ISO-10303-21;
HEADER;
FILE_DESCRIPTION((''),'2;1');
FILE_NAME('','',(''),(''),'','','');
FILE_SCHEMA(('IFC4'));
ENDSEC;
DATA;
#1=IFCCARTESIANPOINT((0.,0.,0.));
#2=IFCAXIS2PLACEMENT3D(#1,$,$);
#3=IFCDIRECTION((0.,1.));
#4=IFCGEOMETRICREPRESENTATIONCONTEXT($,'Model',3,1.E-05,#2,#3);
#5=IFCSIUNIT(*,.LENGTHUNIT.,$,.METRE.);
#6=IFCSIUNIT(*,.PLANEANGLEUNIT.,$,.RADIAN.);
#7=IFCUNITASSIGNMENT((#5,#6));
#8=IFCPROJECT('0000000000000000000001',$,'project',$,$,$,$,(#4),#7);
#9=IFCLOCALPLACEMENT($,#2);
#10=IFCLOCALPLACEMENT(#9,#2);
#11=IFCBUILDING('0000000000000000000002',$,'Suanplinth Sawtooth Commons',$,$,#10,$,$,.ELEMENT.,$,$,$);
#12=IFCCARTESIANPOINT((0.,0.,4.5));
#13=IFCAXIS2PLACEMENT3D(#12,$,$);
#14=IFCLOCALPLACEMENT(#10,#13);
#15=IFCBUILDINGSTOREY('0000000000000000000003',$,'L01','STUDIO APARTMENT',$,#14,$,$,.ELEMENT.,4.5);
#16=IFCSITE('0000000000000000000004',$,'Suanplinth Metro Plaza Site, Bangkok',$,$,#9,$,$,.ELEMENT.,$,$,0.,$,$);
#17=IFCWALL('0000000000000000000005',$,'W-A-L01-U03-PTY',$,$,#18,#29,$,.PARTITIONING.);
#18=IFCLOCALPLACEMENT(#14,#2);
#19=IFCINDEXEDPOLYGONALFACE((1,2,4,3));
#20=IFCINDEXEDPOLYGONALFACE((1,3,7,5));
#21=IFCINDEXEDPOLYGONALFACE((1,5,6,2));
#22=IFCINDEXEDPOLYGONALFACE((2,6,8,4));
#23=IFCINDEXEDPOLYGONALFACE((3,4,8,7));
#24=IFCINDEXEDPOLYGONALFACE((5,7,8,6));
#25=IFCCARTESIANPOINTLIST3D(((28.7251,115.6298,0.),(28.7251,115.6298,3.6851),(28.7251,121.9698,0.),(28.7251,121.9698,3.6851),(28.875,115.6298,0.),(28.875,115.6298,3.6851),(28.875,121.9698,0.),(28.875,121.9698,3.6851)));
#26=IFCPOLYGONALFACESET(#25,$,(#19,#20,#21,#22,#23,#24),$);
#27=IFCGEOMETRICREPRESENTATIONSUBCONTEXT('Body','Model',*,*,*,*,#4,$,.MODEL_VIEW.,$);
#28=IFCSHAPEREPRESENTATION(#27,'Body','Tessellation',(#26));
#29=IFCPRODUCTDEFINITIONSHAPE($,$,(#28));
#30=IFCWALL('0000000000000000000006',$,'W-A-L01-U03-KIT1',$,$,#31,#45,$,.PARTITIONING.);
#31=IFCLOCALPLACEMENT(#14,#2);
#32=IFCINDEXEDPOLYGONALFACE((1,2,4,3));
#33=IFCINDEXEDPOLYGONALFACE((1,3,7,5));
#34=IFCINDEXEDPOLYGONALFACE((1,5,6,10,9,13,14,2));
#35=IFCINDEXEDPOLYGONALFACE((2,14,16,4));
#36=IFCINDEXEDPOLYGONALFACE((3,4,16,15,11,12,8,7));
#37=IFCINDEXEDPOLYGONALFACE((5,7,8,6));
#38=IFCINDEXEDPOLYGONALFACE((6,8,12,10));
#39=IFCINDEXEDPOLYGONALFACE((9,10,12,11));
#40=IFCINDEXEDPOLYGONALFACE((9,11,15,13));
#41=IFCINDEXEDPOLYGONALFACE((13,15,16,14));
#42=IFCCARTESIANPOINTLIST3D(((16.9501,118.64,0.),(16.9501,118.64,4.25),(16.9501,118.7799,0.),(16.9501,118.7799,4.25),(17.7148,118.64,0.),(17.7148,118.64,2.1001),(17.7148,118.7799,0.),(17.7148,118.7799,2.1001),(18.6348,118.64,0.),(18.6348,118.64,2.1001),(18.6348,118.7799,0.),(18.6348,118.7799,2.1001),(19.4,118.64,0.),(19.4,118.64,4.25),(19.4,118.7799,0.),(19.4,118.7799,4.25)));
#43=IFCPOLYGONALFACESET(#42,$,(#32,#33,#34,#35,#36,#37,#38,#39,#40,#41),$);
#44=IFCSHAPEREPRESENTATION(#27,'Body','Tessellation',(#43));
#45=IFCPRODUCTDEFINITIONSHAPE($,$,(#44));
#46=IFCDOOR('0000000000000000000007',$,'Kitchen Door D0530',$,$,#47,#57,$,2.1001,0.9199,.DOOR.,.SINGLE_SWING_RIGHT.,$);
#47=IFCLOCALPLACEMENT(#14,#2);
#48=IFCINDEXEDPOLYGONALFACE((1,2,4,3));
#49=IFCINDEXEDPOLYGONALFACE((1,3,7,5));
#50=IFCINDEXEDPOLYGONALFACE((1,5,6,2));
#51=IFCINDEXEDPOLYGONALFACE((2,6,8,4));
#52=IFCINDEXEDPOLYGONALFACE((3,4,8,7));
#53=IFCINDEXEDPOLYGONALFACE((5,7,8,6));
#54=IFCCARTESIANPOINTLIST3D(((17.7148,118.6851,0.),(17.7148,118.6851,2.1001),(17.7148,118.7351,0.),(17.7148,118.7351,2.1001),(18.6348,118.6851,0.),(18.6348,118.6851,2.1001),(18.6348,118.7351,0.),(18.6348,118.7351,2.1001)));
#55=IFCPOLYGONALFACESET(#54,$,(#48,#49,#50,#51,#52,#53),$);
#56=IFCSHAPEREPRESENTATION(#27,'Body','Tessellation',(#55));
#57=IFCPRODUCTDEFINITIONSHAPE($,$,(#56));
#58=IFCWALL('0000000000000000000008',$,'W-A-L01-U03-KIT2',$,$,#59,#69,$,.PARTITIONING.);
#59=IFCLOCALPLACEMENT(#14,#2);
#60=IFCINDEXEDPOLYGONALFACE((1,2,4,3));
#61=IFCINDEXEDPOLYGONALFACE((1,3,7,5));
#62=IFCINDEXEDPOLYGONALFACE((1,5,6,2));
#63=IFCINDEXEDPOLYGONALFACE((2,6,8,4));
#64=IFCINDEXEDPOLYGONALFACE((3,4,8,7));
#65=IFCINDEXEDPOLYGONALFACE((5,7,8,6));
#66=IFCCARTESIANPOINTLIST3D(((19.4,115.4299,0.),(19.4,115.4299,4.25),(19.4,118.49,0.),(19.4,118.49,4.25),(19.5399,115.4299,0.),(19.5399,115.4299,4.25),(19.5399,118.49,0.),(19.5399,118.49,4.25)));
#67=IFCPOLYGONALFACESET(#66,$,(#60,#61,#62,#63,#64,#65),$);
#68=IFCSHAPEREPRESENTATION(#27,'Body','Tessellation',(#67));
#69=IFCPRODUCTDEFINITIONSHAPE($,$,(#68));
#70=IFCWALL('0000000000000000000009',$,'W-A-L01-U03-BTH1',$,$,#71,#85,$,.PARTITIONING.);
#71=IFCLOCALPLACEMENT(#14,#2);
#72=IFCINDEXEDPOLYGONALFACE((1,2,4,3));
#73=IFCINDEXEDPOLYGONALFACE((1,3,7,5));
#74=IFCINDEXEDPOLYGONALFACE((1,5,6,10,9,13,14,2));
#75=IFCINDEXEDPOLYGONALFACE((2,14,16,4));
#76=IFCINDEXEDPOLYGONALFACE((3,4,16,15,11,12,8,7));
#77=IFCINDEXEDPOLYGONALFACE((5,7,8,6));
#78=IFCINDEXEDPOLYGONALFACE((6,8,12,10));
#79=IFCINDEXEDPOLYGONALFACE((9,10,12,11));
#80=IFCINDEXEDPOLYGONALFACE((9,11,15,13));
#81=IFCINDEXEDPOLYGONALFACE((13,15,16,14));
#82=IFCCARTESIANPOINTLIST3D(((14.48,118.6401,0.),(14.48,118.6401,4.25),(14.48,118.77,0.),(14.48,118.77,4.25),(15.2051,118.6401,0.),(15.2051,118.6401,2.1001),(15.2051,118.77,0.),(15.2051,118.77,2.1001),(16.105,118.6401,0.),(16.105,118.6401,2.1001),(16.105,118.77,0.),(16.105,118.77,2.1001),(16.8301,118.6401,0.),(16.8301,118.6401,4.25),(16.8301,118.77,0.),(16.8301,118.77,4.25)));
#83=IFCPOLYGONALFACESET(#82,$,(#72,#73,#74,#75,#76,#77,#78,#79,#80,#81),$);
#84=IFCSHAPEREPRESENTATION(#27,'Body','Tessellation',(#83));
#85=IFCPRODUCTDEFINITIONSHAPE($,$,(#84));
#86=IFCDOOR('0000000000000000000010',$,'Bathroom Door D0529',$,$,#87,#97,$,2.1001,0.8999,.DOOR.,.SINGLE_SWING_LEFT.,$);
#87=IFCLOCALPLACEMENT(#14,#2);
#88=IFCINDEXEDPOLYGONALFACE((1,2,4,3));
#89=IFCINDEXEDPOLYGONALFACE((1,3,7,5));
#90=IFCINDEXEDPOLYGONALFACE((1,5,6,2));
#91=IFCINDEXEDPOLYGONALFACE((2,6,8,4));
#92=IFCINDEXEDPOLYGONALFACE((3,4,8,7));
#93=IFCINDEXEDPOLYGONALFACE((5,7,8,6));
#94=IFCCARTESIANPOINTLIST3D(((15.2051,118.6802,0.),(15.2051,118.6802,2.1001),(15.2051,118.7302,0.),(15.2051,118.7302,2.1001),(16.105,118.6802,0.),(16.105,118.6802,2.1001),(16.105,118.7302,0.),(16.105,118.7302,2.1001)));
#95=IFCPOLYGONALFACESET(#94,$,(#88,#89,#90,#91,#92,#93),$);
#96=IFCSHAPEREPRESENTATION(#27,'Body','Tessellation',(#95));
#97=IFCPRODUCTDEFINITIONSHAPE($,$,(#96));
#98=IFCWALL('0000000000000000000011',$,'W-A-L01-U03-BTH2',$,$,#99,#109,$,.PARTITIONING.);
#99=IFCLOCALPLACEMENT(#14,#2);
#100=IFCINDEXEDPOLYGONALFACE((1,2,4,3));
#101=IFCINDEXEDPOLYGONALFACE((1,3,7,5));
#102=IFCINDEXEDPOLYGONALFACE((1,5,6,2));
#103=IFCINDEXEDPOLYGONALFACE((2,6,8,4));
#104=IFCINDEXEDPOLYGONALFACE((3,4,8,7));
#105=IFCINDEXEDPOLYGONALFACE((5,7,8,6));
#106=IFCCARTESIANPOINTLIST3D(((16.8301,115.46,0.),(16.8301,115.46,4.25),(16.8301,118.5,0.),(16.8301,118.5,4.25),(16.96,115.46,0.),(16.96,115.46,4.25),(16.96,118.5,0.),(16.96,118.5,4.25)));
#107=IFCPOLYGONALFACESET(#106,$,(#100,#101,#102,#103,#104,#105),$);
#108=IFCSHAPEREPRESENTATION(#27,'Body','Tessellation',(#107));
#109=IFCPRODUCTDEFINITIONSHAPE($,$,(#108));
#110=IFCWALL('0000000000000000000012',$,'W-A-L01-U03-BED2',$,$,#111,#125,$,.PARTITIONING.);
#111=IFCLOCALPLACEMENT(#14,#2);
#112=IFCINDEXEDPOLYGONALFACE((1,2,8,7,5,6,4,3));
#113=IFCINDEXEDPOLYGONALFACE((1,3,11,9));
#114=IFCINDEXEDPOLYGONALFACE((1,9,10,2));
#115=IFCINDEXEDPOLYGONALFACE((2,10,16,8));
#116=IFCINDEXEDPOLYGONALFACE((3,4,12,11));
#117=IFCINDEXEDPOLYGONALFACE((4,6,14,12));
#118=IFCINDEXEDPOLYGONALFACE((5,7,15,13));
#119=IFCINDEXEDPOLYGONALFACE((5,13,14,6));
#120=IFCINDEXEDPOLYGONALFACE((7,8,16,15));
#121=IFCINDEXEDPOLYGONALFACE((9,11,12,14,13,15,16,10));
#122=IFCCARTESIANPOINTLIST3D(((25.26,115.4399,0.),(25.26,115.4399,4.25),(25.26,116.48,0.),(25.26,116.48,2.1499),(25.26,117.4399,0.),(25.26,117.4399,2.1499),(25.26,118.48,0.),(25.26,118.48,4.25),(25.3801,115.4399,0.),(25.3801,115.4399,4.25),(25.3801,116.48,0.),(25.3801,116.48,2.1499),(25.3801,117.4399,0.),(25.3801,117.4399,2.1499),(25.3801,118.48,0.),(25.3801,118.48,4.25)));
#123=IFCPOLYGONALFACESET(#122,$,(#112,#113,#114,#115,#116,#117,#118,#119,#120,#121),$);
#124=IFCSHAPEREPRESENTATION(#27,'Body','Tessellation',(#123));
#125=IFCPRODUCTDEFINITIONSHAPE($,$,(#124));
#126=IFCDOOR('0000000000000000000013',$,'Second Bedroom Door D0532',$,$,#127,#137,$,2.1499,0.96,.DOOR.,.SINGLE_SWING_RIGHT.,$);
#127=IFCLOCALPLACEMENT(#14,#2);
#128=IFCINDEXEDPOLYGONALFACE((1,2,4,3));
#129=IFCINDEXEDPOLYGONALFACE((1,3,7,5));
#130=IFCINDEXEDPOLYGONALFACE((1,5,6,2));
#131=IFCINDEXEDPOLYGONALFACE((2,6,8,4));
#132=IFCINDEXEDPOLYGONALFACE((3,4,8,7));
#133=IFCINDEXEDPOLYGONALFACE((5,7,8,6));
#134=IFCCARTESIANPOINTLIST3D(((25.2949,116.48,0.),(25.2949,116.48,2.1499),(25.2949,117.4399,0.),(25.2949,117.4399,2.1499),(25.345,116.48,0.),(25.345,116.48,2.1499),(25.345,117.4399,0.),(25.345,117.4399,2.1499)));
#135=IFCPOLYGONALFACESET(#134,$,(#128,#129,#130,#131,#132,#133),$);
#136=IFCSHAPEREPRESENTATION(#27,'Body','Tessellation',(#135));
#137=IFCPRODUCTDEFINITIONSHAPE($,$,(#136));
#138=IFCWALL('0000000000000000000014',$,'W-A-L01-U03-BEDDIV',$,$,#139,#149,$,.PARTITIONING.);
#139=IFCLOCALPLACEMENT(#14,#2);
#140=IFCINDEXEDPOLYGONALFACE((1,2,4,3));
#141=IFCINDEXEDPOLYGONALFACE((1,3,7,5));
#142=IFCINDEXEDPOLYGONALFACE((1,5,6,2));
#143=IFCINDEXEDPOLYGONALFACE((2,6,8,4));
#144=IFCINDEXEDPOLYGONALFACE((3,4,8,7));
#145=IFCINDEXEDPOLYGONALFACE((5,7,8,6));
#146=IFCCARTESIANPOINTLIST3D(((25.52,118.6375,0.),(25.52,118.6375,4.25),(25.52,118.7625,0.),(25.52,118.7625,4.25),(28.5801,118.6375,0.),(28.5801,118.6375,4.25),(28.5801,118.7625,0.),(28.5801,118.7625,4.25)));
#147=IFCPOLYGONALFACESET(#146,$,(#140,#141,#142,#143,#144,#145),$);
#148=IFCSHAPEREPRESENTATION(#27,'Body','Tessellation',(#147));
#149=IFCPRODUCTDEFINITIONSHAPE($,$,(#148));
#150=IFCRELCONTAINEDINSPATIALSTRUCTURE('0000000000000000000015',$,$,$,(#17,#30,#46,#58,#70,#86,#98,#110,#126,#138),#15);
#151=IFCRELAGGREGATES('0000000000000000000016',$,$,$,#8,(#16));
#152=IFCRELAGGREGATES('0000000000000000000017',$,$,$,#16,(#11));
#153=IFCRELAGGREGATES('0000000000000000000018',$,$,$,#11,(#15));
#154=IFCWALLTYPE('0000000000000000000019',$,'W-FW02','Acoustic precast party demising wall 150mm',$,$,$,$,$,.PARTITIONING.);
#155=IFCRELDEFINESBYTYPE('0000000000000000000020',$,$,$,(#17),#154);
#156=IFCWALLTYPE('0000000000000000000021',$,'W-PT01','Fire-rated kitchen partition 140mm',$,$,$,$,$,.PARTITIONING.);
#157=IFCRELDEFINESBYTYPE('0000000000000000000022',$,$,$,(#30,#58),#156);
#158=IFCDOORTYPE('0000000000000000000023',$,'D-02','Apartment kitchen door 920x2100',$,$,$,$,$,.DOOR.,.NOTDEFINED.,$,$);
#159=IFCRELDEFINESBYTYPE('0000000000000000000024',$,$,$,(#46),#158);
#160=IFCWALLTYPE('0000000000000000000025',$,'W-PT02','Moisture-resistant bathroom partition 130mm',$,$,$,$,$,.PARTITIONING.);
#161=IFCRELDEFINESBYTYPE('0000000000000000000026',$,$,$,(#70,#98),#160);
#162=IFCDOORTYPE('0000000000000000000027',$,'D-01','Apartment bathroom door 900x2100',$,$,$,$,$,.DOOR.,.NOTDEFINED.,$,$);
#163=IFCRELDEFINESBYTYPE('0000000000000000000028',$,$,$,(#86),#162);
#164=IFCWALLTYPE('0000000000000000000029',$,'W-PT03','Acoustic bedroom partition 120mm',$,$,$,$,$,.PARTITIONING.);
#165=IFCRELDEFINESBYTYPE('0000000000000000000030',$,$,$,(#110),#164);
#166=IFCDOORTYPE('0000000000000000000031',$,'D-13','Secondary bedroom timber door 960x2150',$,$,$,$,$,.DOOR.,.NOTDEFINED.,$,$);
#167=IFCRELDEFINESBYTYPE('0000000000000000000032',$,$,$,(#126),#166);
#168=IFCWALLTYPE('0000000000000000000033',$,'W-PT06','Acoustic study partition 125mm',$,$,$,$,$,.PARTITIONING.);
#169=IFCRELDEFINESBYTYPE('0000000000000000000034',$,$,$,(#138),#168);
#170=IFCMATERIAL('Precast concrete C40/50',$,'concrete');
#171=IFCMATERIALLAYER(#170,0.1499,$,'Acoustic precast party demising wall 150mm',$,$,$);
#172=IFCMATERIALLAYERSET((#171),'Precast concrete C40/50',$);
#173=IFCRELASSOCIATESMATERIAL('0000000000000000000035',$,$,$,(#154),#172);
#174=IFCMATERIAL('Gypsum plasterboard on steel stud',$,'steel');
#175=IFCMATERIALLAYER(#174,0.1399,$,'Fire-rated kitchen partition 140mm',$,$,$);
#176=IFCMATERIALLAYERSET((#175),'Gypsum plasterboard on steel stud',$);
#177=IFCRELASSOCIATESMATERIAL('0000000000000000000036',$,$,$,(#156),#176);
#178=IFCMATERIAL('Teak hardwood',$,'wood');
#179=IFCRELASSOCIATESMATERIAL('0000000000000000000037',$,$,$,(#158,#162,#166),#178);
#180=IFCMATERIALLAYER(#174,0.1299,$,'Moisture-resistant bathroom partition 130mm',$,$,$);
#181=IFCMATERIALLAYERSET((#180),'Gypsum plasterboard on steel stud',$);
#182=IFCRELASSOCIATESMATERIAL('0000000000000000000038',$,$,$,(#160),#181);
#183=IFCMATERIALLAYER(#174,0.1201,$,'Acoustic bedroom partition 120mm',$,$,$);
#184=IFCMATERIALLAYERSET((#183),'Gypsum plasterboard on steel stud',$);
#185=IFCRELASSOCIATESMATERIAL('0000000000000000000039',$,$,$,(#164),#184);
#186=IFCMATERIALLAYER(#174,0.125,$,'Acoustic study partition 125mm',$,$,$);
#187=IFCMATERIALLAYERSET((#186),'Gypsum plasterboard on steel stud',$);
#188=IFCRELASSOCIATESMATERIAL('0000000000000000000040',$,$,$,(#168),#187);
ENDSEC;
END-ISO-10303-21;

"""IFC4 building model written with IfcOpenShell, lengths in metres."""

from ifc_helpers import new_model, si_unit, direction, frame, frame_2d, origin, place, context, subcontext, project, spatial, rectangle, extrude, material, layer, layer_set, type_object, element, fill, save


model = new_model("IFC4")

# Units and contexts
model_context = context("Model", 3, precision=1e-05, world=origin(), true_north=direction((0.0, 1.0)))
body_context = subcontext(model_context, "Body", "Model", "MODEL_VIEW")
ifc_project = project(units=[si_unit("LENGTHUNIT", "METRE"), si_unit("PLANEANGLEUNIT", "RADIAN")], contexts=[model_context])

# Site, building, storey
site_placement = place(None, origin())
site = spatial("IfcSite", under=ifc_project, at=site_placement, Name="Suanplinth Metro Plaza Site, Bangkok", CompositionType="ELEMENT", RefElevation=0.0)
building_placement = place(site_placement, origin())
building = spatial("IfcBuilding", under=site, at=building_placement, Name="Suanplinth Sawtooth Commons", CompositionType="ELEMENT")
storey_placement = place(building_placement, frame((0.0, 0.0, 4.5)))
storey = spatial("IfcBuildingStorey", under=building, at=storey_placement, Name="L01", Description="STUDIO APARTMENT", CompositionType="ELEMENT", Elevation=4.5)

# Shared definitions
ifc_material_1 = material(Name="Precast concrete C40/50", Category="concrete")

# Shared definitions
ifc_material_2 = material(Name="Teak hardwood", Category="wood")

# Wall
ifc_layer_1 = layer(ifc_material_1, 0.1499, Name="Acoustic precast party demising wall 150mm")
ifc_layer_set_1 = layer_set([ifc_layer_1], Name="Precast concrete C40/50")
wall_type_1 = type_object("IfcWallType", Name="W-FW02", Description="Acoustic precast party demising wall 150mm", PredefinedType="PARTITIONING", material=ifc_layer_set_1)
wall_1_placement = place(storey_placement, frame((28.8, 115.6299, 0.0), z_axis=(0.0, 0.0, 1.0), x_axis=(0.0, 1.0, 0.0)))
element("IfcWall", 1, at=wall_1_placement, inside=storey, type_object=wall_type_1, Name="W-A-L01-U03-PTY", PredefinedType="PARTITIONING", context=body_context, shape_type="SweptSolid", body=[
    extrude(rectangle(XDim=6.3401, YDim=0.1499, at=frame_2d((3.1699, 0.0))), origin(), (0.0, 0.0, 1.0), 3.6851),
])

# Wall, opening, door
ifc_material_3 = material(Name="Gypsum plasterboard on steel stud", Category="steel")
ifc_layer_2 = layer(ifc_material_3, 0.1399, Name="Fire-rated kitchen partition 140mm")
ifc_layer_set_2 = layer_set([ifc_layer_2], Name="Gypsum plasterboard on steel stud")
wall_type_2 = type_object("IfcWallType", Name="W-PT01", Description="Fire-rated kitchen partition 140mm", PredefinedType="PARTITIONING", material=ifc_layer_set_2)
wall_2_placement = place(storey_placement, frame((16.95, 118.71, 0.0), z_axis=(0.0, 0.0, 1.0), x_axis=(1.0, 0.0, 0.0)))
wall_2 = element("IfcWall", 2, at=wall_2_placement, inside=storey, type_object=wall_type_2, Name="W-A-L01-U03-KIT1", PredefinedType="PARTITIONING", context=body_context, shape_type="SweptSolid", body=[
    extrude(rectangle(XDim=2.45, YDim=0.1399, at=frame_2d((1.2251, 0.0))), origin(), (0.0, 0.0, 1.0), 4.25),
])
opening_1_placement = place(wall_2_placement, frame((0.7649, 0.0, 0.0)))
opening_1 = element("IfcOpeningElement", 3, at=opening_1_placement, cuts=wall_2, PredefinedType="OPENING", context=body_context, shape_type="SweptSolid", body=[
    extrude(rectangle(XDim=0.9199, YDim=2.1001, at=frame_2d((0.46, 1.05))), frame((0.0, 0.085, 0.0), z_axis=(0.0, -1.0, 0.0), x_axis=(1.0, 0.0, 0.0)), (0.0, 0.0, 1.0), 0.1697),
])
door_type_1 = type_object("IfcDoorType", Name="D-02", Description="Apartment kitchen door 920x2100", OperationType="NOTDEFINED", PredefinedType="DOOR", material=ifc_material_2)
door_1_placement = place(opening_1_placement, frame((0.9199, 0.0, 0.0), z_axis=(0.0, 0.0, 1.0), x_axis=(-1.0, 0.0, 0.0)))
door_1 = element("IfcDoor", 4, at=door_1_placement, inside=storey, type_object=door_type_1, Name="Kitchen Door D0530", OperationType="SINGLE_SWING_RIGHT", OverallHeight=2.1001, OverallWidth=0.9199, PredefinedType="DOOR", context=body_context, shape_type="SweptSolid", body=[
    extrude(rectangle(XDim=0.9199, YDim=2.1001, at=frame_2d((0.46, 1.05))), frame((0.0, 0.0249, 0.0), z_axis=(0.0, -1.0, 0.0), x_axis=(1.0, 0.0, 0.0)), (0.0, 0.0, 1.0), 0.05),
])
fill(opening_1, door_1)

# Wall
wall_3_placement = place(storey_placement, frame((19.47, 115.4299, 0.0), z_axis=(0.0, 0.0, 1.0), x_axis=(0.0, 1.0, 0.0)))
element("IfcWall", 5, at=wall_3_placement, inside=storey, type_object=wall_type_2, Name="W-A-L01-U03-KIT2", PredefinedType="PARTITIONING", context=body_context, shape_type="SweptSolid", body=[
    extrude(rectangle(XDim=3.0601, YDim=0.1399, at=frame_2d((1.53, 0.0))), origin(), (0.0, 0.0, 1.0), 4.25),
])

# Wall, opening, door
ifc_layer_3 = layer(ifc_material_3, 0.1299, Name="Moisture-resistant bathroom partition 130mm")
ifc_layer_set_3 = layer_set([ifc_layer_3], Name="Gypsum plasterboard on steel stud")
wall_type_3 = type_object("IfcWallType", Name="W-PT02", Description="Moisture-resistant bathroom partition 130mm", PredefinedType="PARTITIONING", material=ifc_layer_set_3)
wall_4_placement = place(storey_placement, frame((14.48, 118.7051, 0.0), z_axis=(0.0, 0.0, 1.0), x_axis=(1.0, 0.0, 0.0)))
wall_4 = element("IfcWall", 6, at=wall_4_placement, inside=storey, type_object=wall_type_3, Name="W-A-L01-U03-BTH1", PredefinedType="PARTITIONING", context=body_context, shape_type="SweptSolid", body=[
    extrude(rectangle(XDim=2.3501, YDim=0.1299, at=frame_2d((1.175, 0.0))), origin(), (0.0, 0.0, 1.0), 4.25),
])
opening_2_placement = place(wall_4_placement, frame((0.7251, 0.0, 0.0)))
opening_2 = element("IfcOpeningElement", 7, at=opening_2_placement, cuts=wall_4, PredefinedType="OPENING", context=body_context, shape_type="SweptSolid", body=[
    extrude(rectangle(XDim=0.8999, YDim=2.1001, at=frame_2d((0.45, 1.05))), frame((0.0, 0.0798, 0.0), z_axis=(0.0, -1.0, 0.0), x_axis=(1.0, 0.0, 0.0)), (0.0, 0.0, 1.0), 0.1597),
])
door_type_2 = type_object("IfcDoorType", Name="D-01", Description="Apartment bathroom door 900x2100", OperationType="NOTDEFINED", PredefinedType="DOOR", material=ifc_material_2)
door_2_placement = place(opening_2_placement, frame((0.8999, 0.0, 0.0), z_axis=(0.0, 0.0, 1.0), x_axis=(-1.0, 0.0, 0.0)))
door_2 = element("IfcDoor", 8, at=door_2_placement, inside=storey, type_object=door_type_2, Name="Bathroom Door D0529", OperationType="SINGLE_SWING_LEFT", OverallHeight=2.1001, OverallWidth=0.8999, PredefinedType="DOOR", context=body_context, shape_type="SweptSolid", body=[
    extrude(rectangle(XDim=0.8999, YDim=2.1001, at=frame_2d((0.45, 1.05))), frame((0.0, 0.0249, 0.0), z_axis=(0.0, -1.0, 0.0), x_axis=(1.0, 0.0, 0.0)), (0.0, 0.0, 1.0), 0.05),
])
fill(opening_2, door_2)

# Wall
wall_5_placement = place(storey_placement, frame((16.895, 115.46, 0.0), z_axis=(0.0, 0.0, 1.0), x_axis=(0.0, 1.0, 0.0)))
element("IfcWall", 9, at=wall_5_placement, inside=storey, type_object=wall_type_3, Name="W-A-L01-U03-BTH2", PredefinedType="PARTITIONING", context=body_context, shape_type="SweptSolid", body=[
    extrude(rectangle(XDim=3.04, YDim=0.1299, at=frame_2d((1.52, 0.0))), origin(), (0.0, 0.0, 1.0), 4.25),
])

# Wall, opening, door
ifc_layer_4 = layer(ifc_material_3, 0.1201, Name="Acoustic bedroom partition 120mm")
ifc_layer_set_4 = layer_set([ifc_layer_4], Name="Gypsum plasterboard on steel stud")
wall_type_4 = type_object("IfcWallType", Name="W-PT03", Description="Acoustic bedroom partition 120mm", PredefinedType="PARTITIONING", material=ifc_layer_set_4)
wall_6_placement = place(storey_placement, frame((25.3201, 115.4399, 0.0), z_axis=(0.0, 0.0, 1.0), x_axis=(0.0, 1.0, 0.0)))
wall_6 = element("IfcWall", 10, at=wall_6_placement, inside=storey, type_object=wall_type_4, Name="W-A-L01-U03-BED2", PredefinedType="PARTITIONING", context=body_context, shape_type="SweptSolid", body=[
    extrude(rectangle(XDim=3.04, YDim=0.1201, at=frame_2d((1.52, 0.0))), origin(), (0.0, 0.0, 1.0), 4.25),
])
opening_3_placement = place(wall_6_placement, frame((1.04, 0.0, 0.0)))
opening_3 = element("IfcOpeningElement", 11, at=opening_3_placement, cuts=wall_6, PredefinedType="OPENING", context=body_context, shape_type="SweptSolid", body=[
    extrude(rectangle(XDim=0.96, YDim=2.1499, at=frame_2d((0.48, 1.075))), frame((0.0, 0.075, 0.0), z_axis=(0.0, -1.0, 0.0), x_axis=(1.0, 0.0, 0.0)), (0.0, 0.0, 1.0), 0.1499),
])
door_type_3 = type_object("IfcDoorType", Name="D-13", Description="Secondary bedroom timber door 960x2150", OperationType="NOTDEFINED", PredefinedType="DOOR", material=ifc_material_2)
door_3_placement = place(opening_3_placement, frame((0.96, 0.0, 0.0), z_axis=(0.0, 0.0, 1.0), x_axis=(-1.0, 0.0, 0.0)))
door_3 = element("IfcDoor", 12, at=door_3_placement, inside=storey, type_object=door_type_3, Name="Second Bedroom Door D0532", OperationType="SINGLE_SWING_RIGHT", OverallHeight=2.1499, OverallWidth=0.96, PredefinedType="DOOR", context=body_context, shape_type="SweptSolid", body=[
    extrude(rectangle(XDim=0.96, YDim=2.1499, at=frame_2d((0.48, 1.075))), frame((0.0, 0.0249, 0.0), z_axis=(0.0, -1.0, 0.0), x_axis=(1.0, 0.0, 0.0)), (0.0, 0.0, 1.0), 0.05),
])
fill(opening_3, door_3)

# Wall
ifc_layer_5 = layer(ifc_material_3, 0.125, Name="Acoustic study partition 125mm")
ifc_layer_set_5 = layer_set([ifc_layer_5], Name="Gypsum plasterboard on steel stud")
wall_type_5 = type_object("IfcWallType", Name="W-PT06", Description="Acoustic study partition 125mm", PredefinedType="PARTITIONING", material=ifc_layer_set_5)
wall_7_placement = place(storey_placement, frame((25.52, 118.7, 0.0), z_axis=(0.0, 0.0, 1.0), x_axis=(1.0, 0.0, 0.0)))
element("IfcWall", 13, at=wall_7_placement, inside=storey, type_object=wall_type_5, Name="W-A-L01-U03-BEDDIV", PredefinedType="PARTITIONING", context=body_context, shape_type="SweptSolid", body=[
    extrude(rectangle(XDim=3.0601, YDim=0.125, at=frame_2d((1.53, 0.0))), origin(), (0.0, 0.0, 1.0), 4.25),
])

save(model, "model.ifc")
